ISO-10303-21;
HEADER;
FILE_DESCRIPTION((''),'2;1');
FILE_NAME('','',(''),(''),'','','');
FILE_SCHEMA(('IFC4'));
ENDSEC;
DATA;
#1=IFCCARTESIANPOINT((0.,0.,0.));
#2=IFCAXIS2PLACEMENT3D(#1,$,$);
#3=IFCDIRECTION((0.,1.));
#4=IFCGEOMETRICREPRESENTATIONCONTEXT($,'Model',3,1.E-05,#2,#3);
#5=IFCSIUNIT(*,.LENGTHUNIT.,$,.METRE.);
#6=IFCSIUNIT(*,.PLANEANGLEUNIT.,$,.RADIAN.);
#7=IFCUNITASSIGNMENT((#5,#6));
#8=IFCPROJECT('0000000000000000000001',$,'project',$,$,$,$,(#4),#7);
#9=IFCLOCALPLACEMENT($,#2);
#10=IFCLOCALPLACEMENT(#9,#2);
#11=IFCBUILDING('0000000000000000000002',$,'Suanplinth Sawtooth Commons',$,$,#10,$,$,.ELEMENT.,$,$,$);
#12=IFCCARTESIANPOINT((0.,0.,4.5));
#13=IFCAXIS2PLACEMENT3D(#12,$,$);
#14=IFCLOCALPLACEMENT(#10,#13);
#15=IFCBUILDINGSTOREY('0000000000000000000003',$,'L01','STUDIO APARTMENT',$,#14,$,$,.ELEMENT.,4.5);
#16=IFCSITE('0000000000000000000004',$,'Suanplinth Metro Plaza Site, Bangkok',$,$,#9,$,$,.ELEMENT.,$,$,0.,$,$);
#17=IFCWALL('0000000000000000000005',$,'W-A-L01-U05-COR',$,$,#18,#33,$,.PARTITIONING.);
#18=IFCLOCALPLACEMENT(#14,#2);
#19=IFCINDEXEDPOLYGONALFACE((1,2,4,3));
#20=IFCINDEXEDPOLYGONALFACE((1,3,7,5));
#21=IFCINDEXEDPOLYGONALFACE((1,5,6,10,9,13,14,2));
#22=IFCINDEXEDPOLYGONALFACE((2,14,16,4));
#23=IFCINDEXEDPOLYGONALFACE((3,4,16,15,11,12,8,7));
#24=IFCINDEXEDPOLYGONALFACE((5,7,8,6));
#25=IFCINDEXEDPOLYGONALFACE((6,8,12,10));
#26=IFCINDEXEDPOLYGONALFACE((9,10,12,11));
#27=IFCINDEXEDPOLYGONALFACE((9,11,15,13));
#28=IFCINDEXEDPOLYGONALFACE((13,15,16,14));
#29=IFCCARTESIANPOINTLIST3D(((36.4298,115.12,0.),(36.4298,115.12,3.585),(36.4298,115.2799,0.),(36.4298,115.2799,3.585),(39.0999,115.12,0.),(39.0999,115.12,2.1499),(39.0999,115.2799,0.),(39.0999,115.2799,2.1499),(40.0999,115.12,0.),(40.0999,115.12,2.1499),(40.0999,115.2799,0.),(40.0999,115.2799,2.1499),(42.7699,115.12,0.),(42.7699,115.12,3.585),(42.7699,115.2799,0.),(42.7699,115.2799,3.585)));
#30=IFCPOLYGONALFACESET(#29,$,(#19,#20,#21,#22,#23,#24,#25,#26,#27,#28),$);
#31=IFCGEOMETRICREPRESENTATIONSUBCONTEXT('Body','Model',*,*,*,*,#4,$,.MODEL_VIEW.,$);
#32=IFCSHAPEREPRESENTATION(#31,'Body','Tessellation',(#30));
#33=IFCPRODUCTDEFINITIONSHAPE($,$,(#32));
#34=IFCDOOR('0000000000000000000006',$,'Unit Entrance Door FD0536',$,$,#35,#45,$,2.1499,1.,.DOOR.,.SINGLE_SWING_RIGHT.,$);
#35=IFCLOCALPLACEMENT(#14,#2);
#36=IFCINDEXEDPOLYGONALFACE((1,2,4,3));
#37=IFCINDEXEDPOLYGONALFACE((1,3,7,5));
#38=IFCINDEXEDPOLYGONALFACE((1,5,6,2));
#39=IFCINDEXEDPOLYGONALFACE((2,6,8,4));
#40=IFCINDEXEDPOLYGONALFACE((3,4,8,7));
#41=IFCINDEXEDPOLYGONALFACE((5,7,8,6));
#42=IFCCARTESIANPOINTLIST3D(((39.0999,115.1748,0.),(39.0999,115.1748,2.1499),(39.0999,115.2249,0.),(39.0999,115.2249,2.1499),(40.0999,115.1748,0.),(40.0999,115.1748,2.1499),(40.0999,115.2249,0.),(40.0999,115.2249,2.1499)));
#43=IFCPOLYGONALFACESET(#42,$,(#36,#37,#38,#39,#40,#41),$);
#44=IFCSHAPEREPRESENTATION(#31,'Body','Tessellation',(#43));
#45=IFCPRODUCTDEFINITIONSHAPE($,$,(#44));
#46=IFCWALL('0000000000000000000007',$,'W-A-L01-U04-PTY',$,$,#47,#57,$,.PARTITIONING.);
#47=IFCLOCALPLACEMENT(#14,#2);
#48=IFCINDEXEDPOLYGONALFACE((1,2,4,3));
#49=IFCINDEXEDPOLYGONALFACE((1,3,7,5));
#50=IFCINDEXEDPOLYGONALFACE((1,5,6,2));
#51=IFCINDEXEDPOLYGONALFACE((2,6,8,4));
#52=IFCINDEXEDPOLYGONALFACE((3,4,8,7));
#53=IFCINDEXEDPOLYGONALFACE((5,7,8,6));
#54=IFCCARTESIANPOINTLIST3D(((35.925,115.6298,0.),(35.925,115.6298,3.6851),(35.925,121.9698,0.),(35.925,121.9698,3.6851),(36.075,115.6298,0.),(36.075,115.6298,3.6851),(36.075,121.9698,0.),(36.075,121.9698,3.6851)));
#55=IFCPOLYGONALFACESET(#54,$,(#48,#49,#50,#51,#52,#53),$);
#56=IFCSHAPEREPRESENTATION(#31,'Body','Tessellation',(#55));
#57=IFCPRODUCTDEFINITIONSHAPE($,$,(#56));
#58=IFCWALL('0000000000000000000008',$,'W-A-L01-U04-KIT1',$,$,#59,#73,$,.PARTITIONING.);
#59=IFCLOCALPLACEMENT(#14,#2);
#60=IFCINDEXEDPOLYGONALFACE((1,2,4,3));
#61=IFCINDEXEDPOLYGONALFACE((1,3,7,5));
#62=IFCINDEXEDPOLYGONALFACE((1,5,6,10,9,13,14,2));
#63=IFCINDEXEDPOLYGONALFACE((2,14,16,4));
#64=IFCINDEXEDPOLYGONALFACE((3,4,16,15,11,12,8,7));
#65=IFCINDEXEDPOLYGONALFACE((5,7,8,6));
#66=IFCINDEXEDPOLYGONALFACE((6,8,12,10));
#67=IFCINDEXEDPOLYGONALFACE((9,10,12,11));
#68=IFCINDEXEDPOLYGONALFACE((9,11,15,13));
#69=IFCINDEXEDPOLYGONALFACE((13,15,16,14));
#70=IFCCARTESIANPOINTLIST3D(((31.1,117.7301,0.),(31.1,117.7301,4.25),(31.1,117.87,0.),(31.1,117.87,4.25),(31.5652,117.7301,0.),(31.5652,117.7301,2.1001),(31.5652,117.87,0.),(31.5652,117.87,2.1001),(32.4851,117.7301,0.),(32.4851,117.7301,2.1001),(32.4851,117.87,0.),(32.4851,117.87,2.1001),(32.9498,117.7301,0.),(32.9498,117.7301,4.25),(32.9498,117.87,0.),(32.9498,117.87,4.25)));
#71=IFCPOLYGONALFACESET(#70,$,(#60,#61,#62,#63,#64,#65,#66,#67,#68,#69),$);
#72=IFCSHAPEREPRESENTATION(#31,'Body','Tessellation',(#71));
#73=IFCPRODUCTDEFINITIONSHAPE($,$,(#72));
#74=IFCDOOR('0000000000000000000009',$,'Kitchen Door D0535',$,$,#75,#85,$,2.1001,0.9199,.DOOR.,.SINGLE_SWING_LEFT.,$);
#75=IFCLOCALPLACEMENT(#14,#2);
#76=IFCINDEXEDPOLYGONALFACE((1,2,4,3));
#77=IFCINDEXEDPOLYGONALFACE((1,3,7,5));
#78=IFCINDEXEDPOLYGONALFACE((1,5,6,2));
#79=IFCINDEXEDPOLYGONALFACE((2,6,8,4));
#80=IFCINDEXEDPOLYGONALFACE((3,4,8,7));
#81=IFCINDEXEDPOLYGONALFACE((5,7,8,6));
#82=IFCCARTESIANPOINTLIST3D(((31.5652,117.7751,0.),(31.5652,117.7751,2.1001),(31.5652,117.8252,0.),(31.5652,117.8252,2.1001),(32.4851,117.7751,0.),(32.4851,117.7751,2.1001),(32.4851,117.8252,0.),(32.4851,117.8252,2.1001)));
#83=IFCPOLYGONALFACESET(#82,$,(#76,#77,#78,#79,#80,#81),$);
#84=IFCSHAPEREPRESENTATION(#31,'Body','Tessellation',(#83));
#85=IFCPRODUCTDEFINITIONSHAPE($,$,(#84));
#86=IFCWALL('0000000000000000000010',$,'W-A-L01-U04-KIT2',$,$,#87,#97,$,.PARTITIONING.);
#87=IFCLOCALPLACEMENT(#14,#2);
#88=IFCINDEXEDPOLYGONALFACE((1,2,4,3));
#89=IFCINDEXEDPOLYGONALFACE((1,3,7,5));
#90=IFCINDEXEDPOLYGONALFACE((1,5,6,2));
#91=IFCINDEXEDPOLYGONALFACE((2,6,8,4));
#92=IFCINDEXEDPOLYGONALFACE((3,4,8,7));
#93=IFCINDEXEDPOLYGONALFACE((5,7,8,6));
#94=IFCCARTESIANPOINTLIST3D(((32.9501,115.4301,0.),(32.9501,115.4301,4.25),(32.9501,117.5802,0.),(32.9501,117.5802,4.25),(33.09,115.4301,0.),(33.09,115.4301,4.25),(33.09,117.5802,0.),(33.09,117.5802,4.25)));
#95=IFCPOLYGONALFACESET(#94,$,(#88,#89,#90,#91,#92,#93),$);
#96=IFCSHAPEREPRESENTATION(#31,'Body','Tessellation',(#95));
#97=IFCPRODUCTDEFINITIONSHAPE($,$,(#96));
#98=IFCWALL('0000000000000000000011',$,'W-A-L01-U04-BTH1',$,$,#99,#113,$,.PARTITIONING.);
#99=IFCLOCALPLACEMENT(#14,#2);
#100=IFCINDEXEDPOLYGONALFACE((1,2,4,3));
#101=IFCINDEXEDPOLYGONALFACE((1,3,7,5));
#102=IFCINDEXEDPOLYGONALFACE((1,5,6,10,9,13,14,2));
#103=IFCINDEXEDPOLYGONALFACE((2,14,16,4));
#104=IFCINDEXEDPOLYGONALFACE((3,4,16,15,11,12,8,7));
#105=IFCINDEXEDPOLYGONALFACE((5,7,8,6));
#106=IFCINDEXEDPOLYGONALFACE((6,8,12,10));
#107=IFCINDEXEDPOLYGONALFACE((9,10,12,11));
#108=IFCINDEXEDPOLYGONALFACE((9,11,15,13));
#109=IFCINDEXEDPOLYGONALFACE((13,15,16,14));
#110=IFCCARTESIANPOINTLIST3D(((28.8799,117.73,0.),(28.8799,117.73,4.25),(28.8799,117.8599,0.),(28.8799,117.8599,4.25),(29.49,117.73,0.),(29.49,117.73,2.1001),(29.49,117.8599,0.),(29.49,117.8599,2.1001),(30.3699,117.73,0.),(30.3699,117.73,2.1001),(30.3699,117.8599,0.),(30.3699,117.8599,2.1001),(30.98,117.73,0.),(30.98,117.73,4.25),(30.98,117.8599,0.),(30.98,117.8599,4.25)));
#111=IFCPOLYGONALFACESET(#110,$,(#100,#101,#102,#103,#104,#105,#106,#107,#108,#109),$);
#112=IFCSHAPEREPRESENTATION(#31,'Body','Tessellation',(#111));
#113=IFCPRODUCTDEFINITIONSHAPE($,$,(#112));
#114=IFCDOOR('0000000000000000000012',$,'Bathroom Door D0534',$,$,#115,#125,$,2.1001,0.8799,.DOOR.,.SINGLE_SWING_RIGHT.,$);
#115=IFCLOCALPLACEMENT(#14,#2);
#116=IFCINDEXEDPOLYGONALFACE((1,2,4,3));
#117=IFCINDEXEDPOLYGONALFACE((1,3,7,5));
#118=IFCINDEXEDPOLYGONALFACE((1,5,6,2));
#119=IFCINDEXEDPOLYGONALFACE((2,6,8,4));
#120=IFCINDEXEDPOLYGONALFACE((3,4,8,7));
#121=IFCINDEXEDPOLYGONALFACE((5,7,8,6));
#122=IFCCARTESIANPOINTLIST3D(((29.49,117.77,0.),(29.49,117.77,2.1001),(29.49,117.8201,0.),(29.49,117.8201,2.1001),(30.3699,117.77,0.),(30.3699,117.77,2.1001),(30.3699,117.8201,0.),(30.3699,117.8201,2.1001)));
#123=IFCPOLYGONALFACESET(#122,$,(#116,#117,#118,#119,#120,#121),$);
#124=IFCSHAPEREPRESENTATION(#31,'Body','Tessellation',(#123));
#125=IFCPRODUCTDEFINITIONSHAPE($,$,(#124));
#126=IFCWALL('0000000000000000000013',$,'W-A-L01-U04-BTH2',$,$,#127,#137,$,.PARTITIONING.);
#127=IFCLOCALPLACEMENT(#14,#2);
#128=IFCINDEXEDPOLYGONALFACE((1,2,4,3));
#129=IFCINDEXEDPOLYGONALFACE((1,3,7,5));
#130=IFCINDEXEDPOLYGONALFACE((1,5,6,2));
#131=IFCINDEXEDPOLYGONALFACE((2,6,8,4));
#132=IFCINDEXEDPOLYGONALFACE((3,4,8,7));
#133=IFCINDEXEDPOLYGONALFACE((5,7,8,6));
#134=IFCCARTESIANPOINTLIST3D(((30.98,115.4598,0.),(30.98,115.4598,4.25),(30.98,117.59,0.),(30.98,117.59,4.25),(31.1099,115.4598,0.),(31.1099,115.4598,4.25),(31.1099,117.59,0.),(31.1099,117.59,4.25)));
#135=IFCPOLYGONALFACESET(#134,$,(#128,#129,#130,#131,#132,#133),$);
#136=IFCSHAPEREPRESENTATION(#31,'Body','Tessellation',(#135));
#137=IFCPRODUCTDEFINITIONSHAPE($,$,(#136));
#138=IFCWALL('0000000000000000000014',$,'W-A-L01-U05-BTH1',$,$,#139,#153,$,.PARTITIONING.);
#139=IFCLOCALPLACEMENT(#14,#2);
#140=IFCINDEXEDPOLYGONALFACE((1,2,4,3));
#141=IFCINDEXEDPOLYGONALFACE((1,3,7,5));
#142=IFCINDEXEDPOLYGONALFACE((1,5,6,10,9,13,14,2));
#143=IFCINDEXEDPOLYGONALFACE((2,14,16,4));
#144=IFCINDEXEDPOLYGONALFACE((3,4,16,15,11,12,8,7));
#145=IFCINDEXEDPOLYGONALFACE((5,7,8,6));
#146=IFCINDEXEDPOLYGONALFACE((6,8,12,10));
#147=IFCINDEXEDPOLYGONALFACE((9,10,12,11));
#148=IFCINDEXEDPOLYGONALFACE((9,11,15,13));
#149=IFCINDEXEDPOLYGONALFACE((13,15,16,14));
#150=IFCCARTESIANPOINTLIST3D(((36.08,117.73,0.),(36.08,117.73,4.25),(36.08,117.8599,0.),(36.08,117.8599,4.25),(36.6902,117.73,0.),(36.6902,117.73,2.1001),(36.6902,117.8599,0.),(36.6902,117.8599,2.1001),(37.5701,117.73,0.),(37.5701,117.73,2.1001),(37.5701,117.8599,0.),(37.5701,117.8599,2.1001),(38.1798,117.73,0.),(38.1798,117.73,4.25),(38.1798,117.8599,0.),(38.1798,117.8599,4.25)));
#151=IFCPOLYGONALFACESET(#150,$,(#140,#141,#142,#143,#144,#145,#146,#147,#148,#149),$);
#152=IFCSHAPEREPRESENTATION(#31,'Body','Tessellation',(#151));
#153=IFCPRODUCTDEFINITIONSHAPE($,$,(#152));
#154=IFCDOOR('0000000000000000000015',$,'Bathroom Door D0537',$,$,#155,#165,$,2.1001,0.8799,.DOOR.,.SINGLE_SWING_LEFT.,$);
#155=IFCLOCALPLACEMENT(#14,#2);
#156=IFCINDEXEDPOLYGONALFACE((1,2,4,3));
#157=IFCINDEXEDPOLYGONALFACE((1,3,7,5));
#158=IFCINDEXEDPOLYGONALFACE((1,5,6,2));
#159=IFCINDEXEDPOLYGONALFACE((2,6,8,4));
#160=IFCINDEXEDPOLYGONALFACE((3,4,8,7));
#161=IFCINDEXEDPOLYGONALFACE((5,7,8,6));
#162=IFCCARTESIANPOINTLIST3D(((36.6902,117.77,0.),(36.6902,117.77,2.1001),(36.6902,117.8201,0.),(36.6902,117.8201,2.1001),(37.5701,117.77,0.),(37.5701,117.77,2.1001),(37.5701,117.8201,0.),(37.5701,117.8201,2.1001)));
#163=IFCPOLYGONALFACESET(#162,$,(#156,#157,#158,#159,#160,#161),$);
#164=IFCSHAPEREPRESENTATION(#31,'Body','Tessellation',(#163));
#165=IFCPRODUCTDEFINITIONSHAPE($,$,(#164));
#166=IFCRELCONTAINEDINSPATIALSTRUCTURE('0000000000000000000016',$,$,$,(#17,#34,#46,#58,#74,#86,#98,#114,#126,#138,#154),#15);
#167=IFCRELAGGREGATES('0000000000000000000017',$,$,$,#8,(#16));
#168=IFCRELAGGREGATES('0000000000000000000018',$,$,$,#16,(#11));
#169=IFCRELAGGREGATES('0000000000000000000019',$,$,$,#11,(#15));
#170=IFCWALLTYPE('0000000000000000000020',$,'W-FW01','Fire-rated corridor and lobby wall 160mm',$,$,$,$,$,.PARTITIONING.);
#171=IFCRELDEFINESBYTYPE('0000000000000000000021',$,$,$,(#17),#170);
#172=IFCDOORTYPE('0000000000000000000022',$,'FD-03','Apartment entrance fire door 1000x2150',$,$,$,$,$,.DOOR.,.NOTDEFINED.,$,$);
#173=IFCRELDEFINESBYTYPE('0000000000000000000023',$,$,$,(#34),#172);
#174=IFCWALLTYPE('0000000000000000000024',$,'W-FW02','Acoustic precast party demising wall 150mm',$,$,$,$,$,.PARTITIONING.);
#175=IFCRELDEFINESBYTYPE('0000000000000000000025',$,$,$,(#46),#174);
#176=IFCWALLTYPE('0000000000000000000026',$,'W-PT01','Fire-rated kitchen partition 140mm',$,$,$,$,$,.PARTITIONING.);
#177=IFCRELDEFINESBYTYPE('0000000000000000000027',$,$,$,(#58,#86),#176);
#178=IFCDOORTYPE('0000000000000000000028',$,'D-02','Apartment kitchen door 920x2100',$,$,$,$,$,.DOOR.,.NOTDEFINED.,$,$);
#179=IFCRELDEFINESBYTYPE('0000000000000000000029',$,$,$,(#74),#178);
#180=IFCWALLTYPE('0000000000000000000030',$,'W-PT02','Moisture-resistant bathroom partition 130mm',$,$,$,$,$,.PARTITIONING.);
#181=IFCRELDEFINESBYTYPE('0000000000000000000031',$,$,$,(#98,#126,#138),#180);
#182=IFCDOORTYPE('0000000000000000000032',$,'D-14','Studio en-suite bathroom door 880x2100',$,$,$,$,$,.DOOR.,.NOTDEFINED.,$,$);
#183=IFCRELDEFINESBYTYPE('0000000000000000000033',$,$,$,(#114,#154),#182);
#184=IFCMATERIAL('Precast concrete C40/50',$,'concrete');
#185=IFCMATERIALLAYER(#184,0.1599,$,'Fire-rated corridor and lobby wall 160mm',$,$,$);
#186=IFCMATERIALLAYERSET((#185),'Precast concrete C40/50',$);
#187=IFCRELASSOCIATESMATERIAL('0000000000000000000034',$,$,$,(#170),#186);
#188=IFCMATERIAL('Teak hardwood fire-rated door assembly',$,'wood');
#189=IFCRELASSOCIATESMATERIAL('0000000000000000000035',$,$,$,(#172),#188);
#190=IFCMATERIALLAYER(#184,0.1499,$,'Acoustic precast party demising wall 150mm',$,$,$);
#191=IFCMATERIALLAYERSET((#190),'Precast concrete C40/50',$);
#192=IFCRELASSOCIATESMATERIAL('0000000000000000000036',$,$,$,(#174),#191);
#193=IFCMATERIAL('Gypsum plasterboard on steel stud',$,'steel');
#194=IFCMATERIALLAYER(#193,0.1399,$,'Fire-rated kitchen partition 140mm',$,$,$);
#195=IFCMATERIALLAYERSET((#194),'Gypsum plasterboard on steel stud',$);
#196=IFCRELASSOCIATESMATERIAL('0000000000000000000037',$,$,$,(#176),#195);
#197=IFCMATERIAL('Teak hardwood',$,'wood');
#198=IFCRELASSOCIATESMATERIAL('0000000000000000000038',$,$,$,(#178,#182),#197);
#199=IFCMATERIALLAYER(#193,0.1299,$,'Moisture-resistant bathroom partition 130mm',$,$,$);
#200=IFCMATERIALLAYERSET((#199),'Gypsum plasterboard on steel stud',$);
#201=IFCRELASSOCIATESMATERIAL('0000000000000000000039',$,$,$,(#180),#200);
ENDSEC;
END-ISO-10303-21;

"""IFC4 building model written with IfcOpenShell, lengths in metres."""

from ifc_helpers import new_model, si_unit, direction, frame, frame_2d, origin, place, context, subcontext, project, spatial, rectangle, extrude, material, layer, layer_set, type_object, element, fill, save


model = new_model("IFC4")

# Units and contexts
model_context = context("Model", 3, precision=1e-05, world=origin(), true_north=direction((0.0, 1.0)))
body_context = subcontext(model_context, "Body", "Model", "MODEL_VIEW")
ifc_project = project(units=[si_unit("LENGTHUNIT", "METRE"), si_unit("PLANEANGLEUNIT", "RADIAN")], contexts=[model_context])

# Site, building, storey
site_placement = place(None, origin())
site = spatial("IfcSite", under=ifc_project, at=site_placement, Name="Suanplinth Metro Plaza Site, Bangkok", CompositionType="ELEMENT", RefElevation=0.0)
building_placement = place(site_placement, origin())
building = spatial("IfcBuilding", under=site, at=building_placement, Name="Suanplinth Sawtooth Commons", CompositionType="ELEMENT")
storey_placement = place(building_placement, frame((0.0, 0.0, 4.5)))
storey = spatial("IfcBuildingStorey", under=building, at=storey_placement, Name="L01", Description="STUDIO APARTMENT", CompositionType="ELEMENT", Elevation=4.5)

# Shared definitions
ifc_material_1 = material(Name="Precast concrete C40/50", Category="concrete")

# Wall, opening, door
ifc_layer_1 = layer(ifc_material_1, 0.1599, Name="Fire-rated corridor and lobby wall 160mm")
ifc_layer_set_1 = layer_set([ifc_layer_1], Name="Precast concrete C40/50")
wall_type_1 = type_object("IfcWallType", Name="W-FW01", Description="Fire-rated corridor and lobby wall 160mm", PredefinedType="PARTITIONING", material=ifc_layer_set_1)
wall_1_placement = place(storey_placement, frame((36.4299, 115.2, 0.0), z_axis=(0.0, 0.0, 1.0), x_axis=(1.0, 0.0, 0.0)))
wall_1 = element("IfcWall", 1, at=wall_1_placement, inside=storey, type_object=wall_type_1, Name="W-A-L01-U05-COR", PredefinedType="PARTITIONING", context=body_context, shape_type="SweptSolid", body=[
    extrude(rectangle(XDim=6.3401, YDim=0.1599, at=frame_2d((3.1699, 0.0))), origin(), (0.0, 0.0, 1.0), 3.585),
])
opening_1_placement = place(wall_1_placement, frame((2.6699, 0.0, 0.0)))
opening_1 = element("IfcOpeningElement", 2, at=opening_1_placement, cuts=wall_1, PredefinedType="OPENING", context=body_context, shape_type="SweptSolid", body=[
    extrude(rectangle(XDim=1.0, YDim=2.1499, at=frame_2d((0.5, 1.075))), frame((0.0, 0.0947, 0.0), z_axis=(0.0, -1.0, 0.0), x_axis=(1.0, 0.0, 0.0)), (0.0, 0.0, 1.0), 0.1897),
])
ifc_material_2 = material(Name="Teak hardwood fire-rated door assembly", Category="wood")
door_type_1 = type_object("IfcDoorType", Name="FD-03", Description="Apartment entrance fire door 1000x2150", OperationType="NOTDEFINED", PredefinedType="DOOR", material=ifc_material_2)
door_1_placement = place(opening_1_placement, origin())
door_1 = element("IfcDoor", 3, at=door_1_placement, inside=storey, type_object=door_type_1, Name="Unit Entrance Door FD0536", OperationType="SINGLE_SWING_RIGHT", OverallHeight=2.1499, OverallWidth=1.0, PredefinedType="DOOR", context=body_context, shape_type="SweptSolid", body=[
    extrude(rectangle(XDim=1.0, YDim=2.1499, at=frame_2d((0.5, 1.075))), frame((0.0, 0.0249, 0.0), z_axis=(0.0, -1.0, 0.0), x_axis=(1.0, 0.0, 0.0)), (0.0, 0.0, 1.0), 0.05),
])
fill(opening_1, door_1)

# Wall
ifc_layer_2 = layer(ifc_material_1, 0.1499, Name="Acoustic precast party demising wall 150mm")
ifc_layer_set_2 = layer_set([ifc_layer_2], Name="Precast concrete C40/50")
wall_type_2 = type_object("IfcWallType", Name="W-FW02", Description="Acoustic precast party demising wall 150mm", PredefinedType="PARTITIONING", material=ifc_layer_set_2)
wall_2_placement = place(storey_placement, frame((36.0, 115.6299, 0.0), z_axis=(0.0, 0.0, 1.0), x_axis=(0.0, 1.0, 0.0)))
element("IfcWall", 4, at=wall_2_placement, inside=storey, type_object=wall_type_2, Name="W-A-L01-U04-PTY", PredefinedType="PARTITIONING", context=body_context, shape_type="SweptSolid", body=[
    extrude(rectangle(XDim=6.3401, YDim=0.1499, at=frame_2d((3.1699, 0.0))), origin(), (0.0, 0.0, 1.0), 3.6851),
])

# Wall, opening, door
ifc_material_3 = material(Name="Gypsum plasterboard on steel stud", Category="steel")
ifc_layer_3 = layer(ifc_material_3, 0.1399, Name="Fire-rated kitchen partition 140mm")
ifc_layer_set_3 = layer_set([ifc_layer_3], Name="Gypsum plasterboard on steel stud")
wall_type_3 = type_object("IfcWallType", Name="W-PT01", Description="Fire-rated kitchen partition 140mm", PredefinedType="PARTITIONING", material=ifc_layer_set_3)
wall_3_placement = place(storey_placement, frame((31.1001, 117.8, 0.0), z_axis=(0.0, 0.0, 1.0), x_axis=(1.0, 0.0, 0.0)))
wall_3 = element("IfcWall", 5, at=wall_3_placement, inside=storey, type_object=wall_type_3, Name="W-A-L01-U04-KIT1", PredefinedType="PARTITIONING", context=body_context, shape_type="SweptSolid", body=[
    extrude(rectangle(XDim=1.8499, YDim=0.1399, at=frame_2d((0.9248, 0.0))), origin(), (0.0, 0.0, 1.0), 4.25),
])
opening_2_placement = place(wall_3_placement, frame((0.4651, 0.0, 0.0)))
opening_2 = element("IfcOpeningElement", 6, at=opening_2_placement, cuts=wall_3, PredefinedType="OPENING", context=body_context, shape_type="SweptSolid", body=[
    extrude(rectangle(XDim=0.9199, YDim=2.1001, at=frame_2d((0.46, 1.05))), frame((0.0, 0.085, 0.0), z_axis=(0.0, -1.0, 0.0), x_axis=(1.0, 0.0, 0.0)), (0.0, 0.0, 1.0), 0.1697),
])
ifc_material_4 = material(Name="Teak hardwood", Category="wood")
door_type_2 = type_object("IfcDoorType", Name="D-02", Description="Apartment kitchen door 920x2100", OperationType="NOTDEFINED", PredefinedType="DOOR", material=ifc_material_4)
door_2_placement = place(opening_2_placement, frame((0.9199, 0.0, 0.0), z_axis=(0.0, 0.0, 1.0), x_axis=(-1.0, 0.0, 0.0)))
door_2 = element("IfcDoor", 7, at=door_2_placement, inside=storey, type_object=door_type_2, Name="Kitchen Door D0535", OperationType="SINGLE_SWING_LEFT", OverallHeight=2.1001, OverallWidth=0.9199, PredefinedType="DOOR", context=body_context, shape_type="SweptSolid", body=[
    extrude(rectangle(XDim=0.9199, YDim=2.1001, at=frame_2d((0.46, 1.05))), frame((0.0, 0.0249, 0.0), z_axis=(0.0, -1.0, 0.0), x_axis=(1.0, 0.0, 0.0)), (0.0, 0.0, 1.0), 0.05),
])
fill(opening_2, door_2)

# Wall
wall_4_placement = place(storey_placement, frame((33.02, 115.4299, 0.0), z_axis=(0.0, 0.0, 1.0), x_axis=(0.0, 1.0, 0.0)))
element("IfcWall", 8, at=wall_4_placement, inside=storey, type_object=wall_type_3, Name="W-A-L01-U04-KIT2", PredefinedType="PARTITIONING", context=body_context, shape_type="SweptSolid", body=[
    extrude(rectangle(XDim=2.1501, YDim=0.1399, at=frame_2d((1.0752, 0.0))), origin(), (0.0, 0.0, 1.0), 4.25),
])

# Wall, opening, door
ifc_layer_4 = layer(ifc_material_3, 0.1299, Name="Moisture-resistant bathroom partition 130mm")
ifc_layer_set_4 = layer_set([ifc_layer_4], Name="Gypsum plasterboard on steel stud")
wall_type_4 = type_object("IfcWallType", Name="W-PT02", Description="Moisture-resistant bathroom partition 130mm", PredefinedType="PARTITIONING", material=ifc_layer_set_4)
wall_5_placement = place(storey_placement, frame((28.8799, 117.7949, 0.0), z_axis=(0.0, 0.0, 1.0), x_axis=(1.0, 0.0, 0.0)))
wall_5 = element("IfcWall", 9, at=wall_5_placement, inside=storey, type_object=wall_type_4, Name="W-A-L01-U04-BTH1", PredefinedType="PARTITIONING", context=body_context, shape_type="SweptSolid", body=[
    extrude(rectangle(XDim=2.1001, YDim=0.1299, at=frame_2d((1.05, 0.0))), origin(), (0.0, 0.0, 1.0), 4.25),
])
opening_3_placement = place(wall_5_placement, frame((0.6101, 0.0, 0.0)))
opening_3 = element("IfcOpeningElement", 10, at=opening_3_placement, cuts=wall_5, PredefinedType="OPENING", context=body_context, shape_type="SweptSolid", body=[
    extrude(rectangle(XDim=0.8799, YDim=2.1001, at=frame_2d((0.4399, 1.05))), frame((0.0, 0.0798, 0.0), z_axis=(0.0, -1.0, 0.0), x_axis=(1.0, 0.0, 0.0)), (0.0, 0.0, 1.0), 0.1597),
])
door_type_3 = type_object("IfcDoorType", Name="D-14", Description="Studio en-suite bathroom door 880x2100", OperationType="NOTDEFINED", PredefinedType="DOOR", material=ifc_material_4)
door_3_placement = place(opening_3_placement, frame((0.8799, 0.0, 0.0), z_axis=(0.0, 0.0, 1.0), x_axis=(-1.0, 0.0, 0.0)))
door_3 = element("IfcDoor", 11, at=door_3_placement, inside=storey, type_object=door_type_3, Name="Bathroom Door D0534", OperationType="SINGLE_SWING_RIGHT", OverallHeight=2.1001, OverallWidth=0.8799, PredefinedType="DOOR", context=body_context, shape_type="SweptSolid", body=[
    extrude(rectangle(XDim=0.8799, YDim=2.1001, at=frame_2d((0.4399, 1.05))), frame((0.0, 0.0249, 0.0), z_axis=(0.0, -1.0, 0.0), x_axis=(1.0, 0.0, 0.0)), (0.0, 0.0, 1.0), 0.05),
])
fill(opening_3, door_3)

# Wall
wall_6_placement = place(storey_placement, frame((31.0449, 115.46, 0.0), z_axis=(0.0, 0.0, 1.0), x_axis=(0.0, 1.0, 0.0)))
element("IfcWall", 12, at=wall_6_placement, inside=storey, type_object=wall_type_4, Name="W-A-L01-U04-BTH2", PredefinedType="PARTITIONING", context=body_context, shape_type="SweptSolid", body=[
    extrude(rectangle(XDim=2.1301, YDim=0.1299, at=frame_2d((1.0649, 0.0))), origin(), (0.0, 0.0, 1.0), 4.25),
])

# Wall, opening, door
wall_7_placement = place(storey_placement, frame((36.0801, 117.7949, 0.0), z_axis=(0.0, 0.0, 1.0), x_axis=(1.0, 0.0, 0.0)))
wall_7 = element("IfcWall", 13, at=wall_7_placement, inside=storey, type_object=wall_type_4, Name="W-A-L01-U05-BTH1", PredefinedType="PARTITIONING", context=body_context, shape_type="SweptSolid", body=[
    extrude(rectangle(XDim=2.0999, YDim=0.1299, at=frame_2d((1.0498, 0.0))), origin(), (0.0, 0.0, 1.0), 4.25),
])
opening_4_placement = place(wall_7_placement, frame((0.6101, 0.0, 0.0)))
opening_4 = element("IfcOpeningElement", 14, at=opening_4_placement, cuts=wall_7, PredefinedType="OPENING", context=body_context, shape_type="SweptSolid", body=[
    extrude(rectangle(XDim=0.8799, YDim=2.1001, at=frame_2d((0.4399, 1.05))), frame((0.0, 0.0798, 0.0), z_axis=(0.0, -1.0, 0.0), x_axis=(1.0, 0.0, 0.0)), (0.0, 0.0, 1.0), 0.1597),
])
door_4_placement = place(opening_4_placement, frame((0.8799, 0.0, 0.0), z_axis=(0.0, 0.0, 1.0), x_axis=(-1.0, 0.0, 0.0)))
door_4 = element("IfcDoor", 15, at=door_4_placement, inside=storey, type_object=door_type_3, Name="Bathroom Door D0537", OperationType="SINGLE_SWING_LEFT", OverallHeight=2.1001, OverallWidth=0.8799, PredefinedType="DOOR", context=body_context, shape_type="SweptSolid", body=[
    extrude(rectangle(XDim=0.8799, YDim=2.1001, at=frame_2d((0.4399, 1.05))), frame((0.0, 0.0249, 0.0), z_axis=(0.0, -1.0, 0.0), x_axis=(1.0, 0.0, 0.0)), (0.0, 0.0, 1.0), 0.05),
])
fill(opening_4, door_4)

save(model, "model.ifc")
